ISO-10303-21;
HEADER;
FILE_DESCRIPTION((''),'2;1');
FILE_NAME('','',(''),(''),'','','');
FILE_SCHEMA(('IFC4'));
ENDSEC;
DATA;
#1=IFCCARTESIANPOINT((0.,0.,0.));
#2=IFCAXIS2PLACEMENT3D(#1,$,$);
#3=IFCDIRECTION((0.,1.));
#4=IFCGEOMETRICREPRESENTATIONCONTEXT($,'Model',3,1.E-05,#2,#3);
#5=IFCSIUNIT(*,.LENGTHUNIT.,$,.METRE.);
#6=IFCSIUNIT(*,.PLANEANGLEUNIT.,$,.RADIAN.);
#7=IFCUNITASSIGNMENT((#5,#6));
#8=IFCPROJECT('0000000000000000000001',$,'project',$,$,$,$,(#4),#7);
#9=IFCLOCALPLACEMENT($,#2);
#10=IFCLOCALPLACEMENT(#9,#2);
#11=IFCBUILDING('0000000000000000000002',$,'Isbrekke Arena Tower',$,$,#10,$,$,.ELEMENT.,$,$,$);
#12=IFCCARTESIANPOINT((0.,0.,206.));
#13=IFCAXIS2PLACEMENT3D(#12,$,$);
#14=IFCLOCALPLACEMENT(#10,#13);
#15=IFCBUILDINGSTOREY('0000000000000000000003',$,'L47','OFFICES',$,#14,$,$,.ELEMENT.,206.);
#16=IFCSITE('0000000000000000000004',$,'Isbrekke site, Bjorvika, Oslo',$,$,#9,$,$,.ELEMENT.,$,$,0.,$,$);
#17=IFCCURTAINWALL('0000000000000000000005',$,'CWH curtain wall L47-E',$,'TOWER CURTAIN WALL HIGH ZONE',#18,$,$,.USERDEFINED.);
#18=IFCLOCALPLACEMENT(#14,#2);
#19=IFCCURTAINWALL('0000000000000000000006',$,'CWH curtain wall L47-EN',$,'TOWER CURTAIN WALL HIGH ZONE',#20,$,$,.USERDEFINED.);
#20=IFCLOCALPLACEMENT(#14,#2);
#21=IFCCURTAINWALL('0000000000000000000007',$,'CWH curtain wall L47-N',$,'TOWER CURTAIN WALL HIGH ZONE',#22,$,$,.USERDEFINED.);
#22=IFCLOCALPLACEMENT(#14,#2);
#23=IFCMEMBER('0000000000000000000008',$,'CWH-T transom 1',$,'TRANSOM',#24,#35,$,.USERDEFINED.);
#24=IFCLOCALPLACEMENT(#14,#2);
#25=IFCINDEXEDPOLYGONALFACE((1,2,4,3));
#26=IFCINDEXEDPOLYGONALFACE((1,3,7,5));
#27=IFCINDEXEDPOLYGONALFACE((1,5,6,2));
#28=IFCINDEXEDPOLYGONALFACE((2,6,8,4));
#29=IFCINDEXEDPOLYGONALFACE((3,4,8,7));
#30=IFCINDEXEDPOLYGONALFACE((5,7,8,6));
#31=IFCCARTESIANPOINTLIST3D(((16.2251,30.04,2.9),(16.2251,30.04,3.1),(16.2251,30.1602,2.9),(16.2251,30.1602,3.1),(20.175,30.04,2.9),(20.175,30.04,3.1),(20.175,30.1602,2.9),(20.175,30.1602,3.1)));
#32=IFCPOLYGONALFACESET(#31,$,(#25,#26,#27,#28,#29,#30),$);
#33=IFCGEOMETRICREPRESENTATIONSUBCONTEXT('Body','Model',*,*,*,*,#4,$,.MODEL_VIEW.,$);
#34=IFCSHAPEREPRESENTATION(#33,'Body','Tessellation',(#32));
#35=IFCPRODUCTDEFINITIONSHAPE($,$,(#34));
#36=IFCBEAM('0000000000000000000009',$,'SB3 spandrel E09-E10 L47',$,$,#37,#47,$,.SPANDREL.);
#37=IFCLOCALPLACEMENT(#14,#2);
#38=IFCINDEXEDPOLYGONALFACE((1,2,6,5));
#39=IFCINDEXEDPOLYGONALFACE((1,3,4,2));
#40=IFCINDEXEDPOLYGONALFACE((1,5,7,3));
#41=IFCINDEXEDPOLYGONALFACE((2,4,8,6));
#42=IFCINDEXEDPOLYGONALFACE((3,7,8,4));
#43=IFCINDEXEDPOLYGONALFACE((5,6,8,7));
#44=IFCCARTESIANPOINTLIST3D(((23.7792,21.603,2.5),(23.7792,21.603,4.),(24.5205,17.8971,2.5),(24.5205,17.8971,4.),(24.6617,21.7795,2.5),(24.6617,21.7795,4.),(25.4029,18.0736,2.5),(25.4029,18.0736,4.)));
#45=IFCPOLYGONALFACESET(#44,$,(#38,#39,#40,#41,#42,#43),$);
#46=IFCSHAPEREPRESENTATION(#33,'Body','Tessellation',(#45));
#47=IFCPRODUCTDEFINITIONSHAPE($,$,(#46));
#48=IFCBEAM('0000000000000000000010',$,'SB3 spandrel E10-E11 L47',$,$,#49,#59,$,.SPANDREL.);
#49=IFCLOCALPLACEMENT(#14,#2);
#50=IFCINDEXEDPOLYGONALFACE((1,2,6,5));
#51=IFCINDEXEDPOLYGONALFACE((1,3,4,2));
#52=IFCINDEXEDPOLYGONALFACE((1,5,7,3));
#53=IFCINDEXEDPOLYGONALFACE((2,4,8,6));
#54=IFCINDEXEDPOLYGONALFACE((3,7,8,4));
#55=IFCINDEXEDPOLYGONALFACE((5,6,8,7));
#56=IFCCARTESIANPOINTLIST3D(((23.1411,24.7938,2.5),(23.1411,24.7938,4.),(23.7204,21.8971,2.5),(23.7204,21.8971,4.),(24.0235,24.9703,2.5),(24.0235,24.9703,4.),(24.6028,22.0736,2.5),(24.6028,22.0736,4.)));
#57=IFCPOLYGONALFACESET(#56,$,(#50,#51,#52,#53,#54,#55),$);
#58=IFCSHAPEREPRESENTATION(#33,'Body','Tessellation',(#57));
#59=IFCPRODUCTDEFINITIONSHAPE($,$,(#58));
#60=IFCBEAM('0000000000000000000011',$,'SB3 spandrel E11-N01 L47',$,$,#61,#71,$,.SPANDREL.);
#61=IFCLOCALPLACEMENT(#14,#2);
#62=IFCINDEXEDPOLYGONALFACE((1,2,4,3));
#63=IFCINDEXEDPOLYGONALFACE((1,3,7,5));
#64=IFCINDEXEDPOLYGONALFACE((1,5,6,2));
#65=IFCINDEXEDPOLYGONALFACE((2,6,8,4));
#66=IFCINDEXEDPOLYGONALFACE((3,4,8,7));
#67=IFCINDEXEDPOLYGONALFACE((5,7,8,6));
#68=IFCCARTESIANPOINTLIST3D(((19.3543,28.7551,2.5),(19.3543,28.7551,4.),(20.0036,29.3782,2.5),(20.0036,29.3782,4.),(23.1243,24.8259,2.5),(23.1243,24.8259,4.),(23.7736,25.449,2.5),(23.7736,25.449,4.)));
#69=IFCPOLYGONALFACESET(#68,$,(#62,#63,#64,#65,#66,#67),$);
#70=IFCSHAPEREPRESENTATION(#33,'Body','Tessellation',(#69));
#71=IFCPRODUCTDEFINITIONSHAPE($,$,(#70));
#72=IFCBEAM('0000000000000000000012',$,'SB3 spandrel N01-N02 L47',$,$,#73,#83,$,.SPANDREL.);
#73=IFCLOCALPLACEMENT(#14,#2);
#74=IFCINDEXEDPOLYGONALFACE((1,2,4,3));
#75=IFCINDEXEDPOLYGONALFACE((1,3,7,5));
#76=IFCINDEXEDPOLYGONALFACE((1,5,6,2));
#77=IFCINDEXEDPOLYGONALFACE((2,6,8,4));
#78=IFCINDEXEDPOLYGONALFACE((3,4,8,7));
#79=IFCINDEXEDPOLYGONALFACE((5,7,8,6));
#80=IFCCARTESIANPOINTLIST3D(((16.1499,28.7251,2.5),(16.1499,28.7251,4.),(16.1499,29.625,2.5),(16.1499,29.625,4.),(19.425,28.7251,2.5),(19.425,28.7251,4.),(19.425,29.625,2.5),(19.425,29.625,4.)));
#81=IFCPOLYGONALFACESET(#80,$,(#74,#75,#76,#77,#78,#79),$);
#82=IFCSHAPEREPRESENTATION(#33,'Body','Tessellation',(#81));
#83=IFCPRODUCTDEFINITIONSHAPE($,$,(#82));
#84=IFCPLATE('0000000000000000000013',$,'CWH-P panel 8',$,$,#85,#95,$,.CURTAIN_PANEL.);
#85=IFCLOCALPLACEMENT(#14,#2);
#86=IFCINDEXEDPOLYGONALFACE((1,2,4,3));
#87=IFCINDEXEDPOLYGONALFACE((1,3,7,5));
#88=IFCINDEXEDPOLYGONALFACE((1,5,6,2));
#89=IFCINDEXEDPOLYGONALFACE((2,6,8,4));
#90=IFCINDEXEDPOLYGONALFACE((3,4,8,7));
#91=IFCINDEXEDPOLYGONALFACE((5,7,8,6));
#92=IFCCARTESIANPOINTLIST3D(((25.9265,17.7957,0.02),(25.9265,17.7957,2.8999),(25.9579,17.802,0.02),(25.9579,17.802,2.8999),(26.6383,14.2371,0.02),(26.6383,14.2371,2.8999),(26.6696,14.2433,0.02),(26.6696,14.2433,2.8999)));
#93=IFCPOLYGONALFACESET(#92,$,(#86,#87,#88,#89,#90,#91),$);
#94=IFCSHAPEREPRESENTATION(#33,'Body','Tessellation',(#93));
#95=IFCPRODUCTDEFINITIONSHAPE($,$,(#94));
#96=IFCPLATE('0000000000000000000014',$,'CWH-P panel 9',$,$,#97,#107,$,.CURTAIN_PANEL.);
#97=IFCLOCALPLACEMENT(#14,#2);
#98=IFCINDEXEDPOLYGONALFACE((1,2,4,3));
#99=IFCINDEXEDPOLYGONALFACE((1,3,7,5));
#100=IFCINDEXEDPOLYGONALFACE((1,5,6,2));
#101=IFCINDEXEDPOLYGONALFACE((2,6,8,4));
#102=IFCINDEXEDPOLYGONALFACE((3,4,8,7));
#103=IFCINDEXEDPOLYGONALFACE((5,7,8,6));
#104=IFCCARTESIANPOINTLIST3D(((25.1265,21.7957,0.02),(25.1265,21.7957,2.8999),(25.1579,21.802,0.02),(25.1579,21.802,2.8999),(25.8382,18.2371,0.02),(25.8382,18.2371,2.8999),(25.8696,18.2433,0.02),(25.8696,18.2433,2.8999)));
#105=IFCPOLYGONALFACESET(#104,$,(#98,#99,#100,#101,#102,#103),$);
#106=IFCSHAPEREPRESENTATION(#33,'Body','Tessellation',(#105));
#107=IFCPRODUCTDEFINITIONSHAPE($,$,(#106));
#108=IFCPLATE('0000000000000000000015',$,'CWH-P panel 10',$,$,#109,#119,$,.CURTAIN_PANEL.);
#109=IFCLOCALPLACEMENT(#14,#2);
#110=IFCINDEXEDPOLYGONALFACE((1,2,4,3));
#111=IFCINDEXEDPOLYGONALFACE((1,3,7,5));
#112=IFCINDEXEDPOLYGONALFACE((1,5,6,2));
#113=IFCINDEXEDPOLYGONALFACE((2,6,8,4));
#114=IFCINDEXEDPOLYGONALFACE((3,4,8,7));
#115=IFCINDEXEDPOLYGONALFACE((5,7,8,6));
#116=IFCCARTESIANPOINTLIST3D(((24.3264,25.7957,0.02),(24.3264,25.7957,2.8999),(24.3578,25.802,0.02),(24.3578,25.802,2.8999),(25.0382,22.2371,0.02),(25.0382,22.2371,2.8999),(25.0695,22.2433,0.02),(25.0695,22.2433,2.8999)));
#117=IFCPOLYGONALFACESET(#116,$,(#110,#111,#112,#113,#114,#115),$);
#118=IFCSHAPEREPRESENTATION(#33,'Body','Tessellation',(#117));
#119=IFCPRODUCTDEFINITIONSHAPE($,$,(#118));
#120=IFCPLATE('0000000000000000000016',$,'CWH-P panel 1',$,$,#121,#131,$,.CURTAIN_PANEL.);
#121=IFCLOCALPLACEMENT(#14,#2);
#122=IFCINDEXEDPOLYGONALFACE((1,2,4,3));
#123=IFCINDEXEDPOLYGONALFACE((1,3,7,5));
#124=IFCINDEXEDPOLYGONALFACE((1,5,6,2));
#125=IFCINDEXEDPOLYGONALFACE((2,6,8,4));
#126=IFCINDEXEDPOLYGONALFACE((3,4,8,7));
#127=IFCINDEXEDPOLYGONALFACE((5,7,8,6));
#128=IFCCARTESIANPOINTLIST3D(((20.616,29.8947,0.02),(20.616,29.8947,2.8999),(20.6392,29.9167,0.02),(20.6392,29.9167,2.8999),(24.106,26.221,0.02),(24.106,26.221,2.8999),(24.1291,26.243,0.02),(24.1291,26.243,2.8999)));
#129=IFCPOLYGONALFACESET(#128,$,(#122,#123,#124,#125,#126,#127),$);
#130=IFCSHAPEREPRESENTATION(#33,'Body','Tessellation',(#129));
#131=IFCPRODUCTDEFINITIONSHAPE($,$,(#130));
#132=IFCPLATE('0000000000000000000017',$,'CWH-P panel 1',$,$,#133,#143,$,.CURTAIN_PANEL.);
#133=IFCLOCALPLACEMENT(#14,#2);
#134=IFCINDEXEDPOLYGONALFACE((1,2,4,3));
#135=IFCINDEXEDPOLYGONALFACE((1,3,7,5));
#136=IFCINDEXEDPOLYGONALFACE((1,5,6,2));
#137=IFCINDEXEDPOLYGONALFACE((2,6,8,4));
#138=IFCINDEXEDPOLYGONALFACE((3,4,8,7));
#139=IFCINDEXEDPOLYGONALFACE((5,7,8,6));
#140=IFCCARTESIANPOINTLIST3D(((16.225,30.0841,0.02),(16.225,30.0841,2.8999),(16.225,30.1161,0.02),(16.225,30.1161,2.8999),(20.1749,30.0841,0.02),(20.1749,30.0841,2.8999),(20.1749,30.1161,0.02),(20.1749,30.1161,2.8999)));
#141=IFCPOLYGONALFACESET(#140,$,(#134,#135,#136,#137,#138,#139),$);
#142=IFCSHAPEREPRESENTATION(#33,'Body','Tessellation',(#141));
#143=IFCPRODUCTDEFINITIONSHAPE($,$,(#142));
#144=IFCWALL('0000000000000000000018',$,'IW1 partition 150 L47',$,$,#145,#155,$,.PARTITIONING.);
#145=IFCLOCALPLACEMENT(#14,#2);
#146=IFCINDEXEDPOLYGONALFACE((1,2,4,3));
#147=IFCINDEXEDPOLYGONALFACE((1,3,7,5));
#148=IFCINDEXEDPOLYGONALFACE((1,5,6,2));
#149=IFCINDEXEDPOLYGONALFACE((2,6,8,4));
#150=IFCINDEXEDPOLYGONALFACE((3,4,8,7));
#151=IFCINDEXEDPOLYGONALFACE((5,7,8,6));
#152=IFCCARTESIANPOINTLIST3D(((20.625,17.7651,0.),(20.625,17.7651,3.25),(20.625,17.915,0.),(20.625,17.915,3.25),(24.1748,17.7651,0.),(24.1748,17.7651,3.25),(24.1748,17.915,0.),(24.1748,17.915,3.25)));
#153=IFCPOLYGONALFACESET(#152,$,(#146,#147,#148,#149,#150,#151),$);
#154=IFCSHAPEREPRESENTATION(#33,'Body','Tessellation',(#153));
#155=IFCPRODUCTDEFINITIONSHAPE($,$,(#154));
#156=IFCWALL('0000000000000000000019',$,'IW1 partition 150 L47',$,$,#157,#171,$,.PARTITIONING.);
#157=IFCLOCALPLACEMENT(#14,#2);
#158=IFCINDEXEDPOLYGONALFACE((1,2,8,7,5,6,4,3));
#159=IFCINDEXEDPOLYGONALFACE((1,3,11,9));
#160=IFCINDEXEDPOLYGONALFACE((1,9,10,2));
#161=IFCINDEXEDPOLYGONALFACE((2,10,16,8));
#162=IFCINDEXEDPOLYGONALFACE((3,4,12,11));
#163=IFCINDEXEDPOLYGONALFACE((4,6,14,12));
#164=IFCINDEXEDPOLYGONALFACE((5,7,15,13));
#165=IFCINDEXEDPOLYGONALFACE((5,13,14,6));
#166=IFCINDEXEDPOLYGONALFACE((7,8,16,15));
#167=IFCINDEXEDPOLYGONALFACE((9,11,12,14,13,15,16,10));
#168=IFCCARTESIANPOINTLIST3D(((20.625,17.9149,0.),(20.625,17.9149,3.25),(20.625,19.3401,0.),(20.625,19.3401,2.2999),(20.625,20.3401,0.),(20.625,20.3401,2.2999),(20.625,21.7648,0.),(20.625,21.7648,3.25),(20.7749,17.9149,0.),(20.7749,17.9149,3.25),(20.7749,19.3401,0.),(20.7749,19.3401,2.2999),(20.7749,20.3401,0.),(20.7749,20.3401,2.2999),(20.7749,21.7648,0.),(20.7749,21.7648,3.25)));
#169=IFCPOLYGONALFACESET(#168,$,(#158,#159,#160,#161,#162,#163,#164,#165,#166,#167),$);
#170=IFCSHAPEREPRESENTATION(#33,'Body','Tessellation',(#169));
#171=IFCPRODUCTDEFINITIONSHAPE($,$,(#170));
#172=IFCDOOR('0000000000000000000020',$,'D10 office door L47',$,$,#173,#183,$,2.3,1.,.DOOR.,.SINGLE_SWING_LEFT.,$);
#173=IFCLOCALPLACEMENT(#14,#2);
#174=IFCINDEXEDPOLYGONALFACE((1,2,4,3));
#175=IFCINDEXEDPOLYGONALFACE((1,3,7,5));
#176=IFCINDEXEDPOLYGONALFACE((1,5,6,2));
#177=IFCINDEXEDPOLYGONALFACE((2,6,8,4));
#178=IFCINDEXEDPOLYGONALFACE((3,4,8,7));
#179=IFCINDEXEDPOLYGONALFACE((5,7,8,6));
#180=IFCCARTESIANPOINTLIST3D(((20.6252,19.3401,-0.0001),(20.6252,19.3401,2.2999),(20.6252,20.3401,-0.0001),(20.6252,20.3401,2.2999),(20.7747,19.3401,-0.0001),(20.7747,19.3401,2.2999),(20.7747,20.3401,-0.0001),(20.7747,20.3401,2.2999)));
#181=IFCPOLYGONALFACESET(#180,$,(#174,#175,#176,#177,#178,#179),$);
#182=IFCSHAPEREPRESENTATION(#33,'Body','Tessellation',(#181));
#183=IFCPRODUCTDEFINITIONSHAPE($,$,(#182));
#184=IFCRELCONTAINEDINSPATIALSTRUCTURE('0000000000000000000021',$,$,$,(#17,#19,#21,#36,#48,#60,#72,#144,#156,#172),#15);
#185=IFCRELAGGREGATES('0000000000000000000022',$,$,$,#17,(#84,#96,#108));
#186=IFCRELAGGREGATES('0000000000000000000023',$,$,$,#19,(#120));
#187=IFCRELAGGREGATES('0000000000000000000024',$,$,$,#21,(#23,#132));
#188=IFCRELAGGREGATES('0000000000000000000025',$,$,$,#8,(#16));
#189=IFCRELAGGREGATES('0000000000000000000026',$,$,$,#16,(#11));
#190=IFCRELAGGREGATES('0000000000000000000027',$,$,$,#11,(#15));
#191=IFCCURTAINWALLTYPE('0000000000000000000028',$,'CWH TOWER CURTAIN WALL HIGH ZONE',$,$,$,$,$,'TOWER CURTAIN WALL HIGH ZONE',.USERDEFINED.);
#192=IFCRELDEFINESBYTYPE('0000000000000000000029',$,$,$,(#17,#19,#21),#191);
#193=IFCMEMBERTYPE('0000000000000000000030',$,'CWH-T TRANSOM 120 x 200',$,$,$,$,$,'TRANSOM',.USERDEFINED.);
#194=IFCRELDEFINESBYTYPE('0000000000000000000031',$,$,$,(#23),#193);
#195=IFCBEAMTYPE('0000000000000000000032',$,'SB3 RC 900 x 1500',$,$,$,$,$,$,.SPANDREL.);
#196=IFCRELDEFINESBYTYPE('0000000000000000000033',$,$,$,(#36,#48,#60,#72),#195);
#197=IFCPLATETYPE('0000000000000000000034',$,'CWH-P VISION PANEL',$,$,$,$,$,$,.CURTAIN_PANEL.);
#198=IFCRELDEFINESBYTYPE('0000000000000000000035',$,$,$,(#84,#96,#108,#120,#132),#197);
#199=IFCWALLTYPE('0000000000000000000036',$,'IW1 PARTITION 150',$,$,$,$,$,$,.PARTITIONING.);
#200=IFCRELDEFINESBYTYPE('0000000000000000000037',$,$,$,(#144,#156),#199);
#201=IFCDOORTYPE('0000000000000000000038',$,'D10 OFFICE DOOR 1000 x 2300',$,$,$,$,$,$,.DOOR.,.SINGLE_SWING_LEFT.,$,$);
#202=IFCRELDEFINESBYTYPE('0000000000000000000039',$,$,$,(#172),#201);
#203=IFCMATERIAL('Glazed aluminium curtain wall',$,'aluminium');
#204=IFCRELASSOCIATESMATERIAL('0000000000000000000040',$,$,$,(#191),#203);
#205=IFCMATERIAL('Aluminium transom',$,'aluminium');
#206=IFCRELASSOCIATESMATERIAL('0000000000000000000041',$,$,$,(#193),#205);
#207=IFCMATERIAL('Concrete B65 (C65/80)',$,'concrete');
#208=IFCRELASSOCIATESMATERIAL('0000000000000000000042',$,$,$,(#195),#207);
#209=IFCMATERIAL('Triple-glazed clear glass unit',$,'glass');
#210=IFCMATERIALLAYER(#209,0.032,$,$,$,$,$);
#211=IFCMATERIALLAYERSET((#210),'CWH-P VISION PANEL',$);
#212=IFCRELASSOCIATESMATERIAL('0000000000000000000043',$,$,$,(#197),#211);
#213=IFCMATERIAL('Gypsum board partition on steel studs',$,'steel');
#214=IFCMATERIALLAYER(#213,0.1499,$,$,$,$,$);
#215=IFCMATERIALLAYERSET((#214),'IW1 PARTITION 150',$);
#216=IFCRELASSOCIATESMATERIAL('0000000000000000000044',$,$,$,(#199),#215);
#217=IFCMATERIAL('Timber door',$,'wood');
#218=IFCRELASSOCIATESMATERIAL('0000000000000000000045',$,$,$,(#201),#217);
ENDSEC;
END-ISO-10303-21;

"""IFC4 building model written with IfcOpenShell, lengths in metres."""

from ifc_helpers import new_model, si_unit, direction, frame, frame_2d, origin, origin_2d, place, context, subcontext, project, spatial, rectangle, extrude, material, layer, layer_set, material_profile, profile_set, type_object, element, fill, aggregate, save


model = new_model("IFC4")

# Units and contexts
model_context = context("Model", 3, precision=1e-05, world=origin(), true_north=direction((0.0, 1.0)))
body_context = subcontext(model_context, "Body", "Model", "MODEL_VIEW")
ifc_project = project(units=[si_unit("LENGTHUNIT", "METRE"), si_unit("PLANEANGLEUNIT", "RADIAN")], contexts=[model_context])

# Site, building, storey
site_placement = place(None, origin())
site = spatial("IfcSite", under=ifc_project, at=site_placement, Name="Isbrekke site, Bjorvika, Oslo", CompositionType="ELEMENT", RefElevation=0.0)
building_placement = place(site_placement, origin())
building = spatial("IfcBuilding", under=site, at=building_placement, Name="Isbrekke Arena Tower", CompositionType="ELEMENT")
storey_placement = place(building_placement, frame((0.0, 0.0, 206.0)))
storey = spatial("IfcBuildingStorey", under=building, at=storey_placement, Name="L47", Description="OFFICES", CompositionType="ELEMENT", Elevation=206.0)

# Curtain wall
ifc_material_1 = material(Name="Glazed aluminium curtain wall", Category="aluminium")
curtain_wall_type = type_object("IfcCurtainWallType", Name="CWH TOWER CURTAIN WALL HIGH ZONE", ElementType="TOWER CURTAIN WALL HIGH ZONE", PredefinedType="USERDEFINED", material=ifc_material_1)
curtain_wall_1_placement = place(storey_placement, origin())
curtain_wall_1 = element("IfcCurtainWall", 1, at=curtain_wall_1_placement, inside=storey, type_object=curtain_wall_type, Name="CWH curtain wall L47-E", ObjectType="TOWER CURTAIN WALL HIGH ZONE", PredefinedType="USERDEFINED")

# Curtain wall
curtain_wall_2_placement = place(storey_placement, origin())
curtain_wall_2 = element("IfcCurtainWall", 2, at=curtain_wall_2_placement, inside=storey, type_object=curtain_wall_type, Name="CWH curtain wall L47-EN", ObjectType="TOWER CURTAIN WALL HIGH ZONE", PredefinedType="USERDEFINED")

# Shared definitions
ifc_material_2 = material(Name="Aluminium transom", Category="aluminium")
ifc_material_profile_1 = material_profile(ifc_material_2, rectangle(XDim=0.1201, YDim=0.2, at=origin_2d()), Name="TRANSOM 120X200")
ifc_profile_set_1 = profile_set([ifc_material_profile_1], Name="Aluminium transom")
member_type_1 = type_object("IfcMemberType", Name="CWH-T TRANSOM 120 x 200", ElementType="TRANSOM", PredefinedType="USERDEFINED", material=ifc_profile_set_1)

# Curtain wall, member
curtain_wall_3_placement = place(storey_placement, origin())
curtain_wall_3 = element("IfcCurtainWall", 3, at=curtain_wall_3_placement, inside=storey, type_object=curtain_wall_type, Name="CWH curtain wall L47-N", ObjectType="TOWER CURTAIN WALL HIGH ZONE", PredefinedType="USERDEFINED")
member_1_placement = place(storey_placement, frame((20.175, 30.1001, 3.0), z_axis=(-1.0, 0.0, 0.0), x_axis=(0.0, -1.0, 0.0)))
member_1 = element("IfcMember", 4, at=member_1_placement, type_object=member_type_1, Name="CWH-T transom 1", ObjectType="TRANSOM", PredefinedType="USERDEFINED", context=body_context, shape_type="SweptSolid", body=[
    extrude(rectangle(XDim=0.1201, YDim=0.2, at=origin_2d()), origin(), (0.0, 0.0, 1.0), 3.95),
])

# Beams
ifc_material_3 = material(Name="Concrete B65 (C65/80)", Category="concrete")
ifc_material_profile_2 = material_profile(ifc_material_3, rectangle(XDim=0.8999, YDim=1.5, at=origin_2d()), Name="RC 900x1500")
ifc_profile_set_2 = profile_set([ifc_material_profile_2], Name="Concrete B65 (C65/80)")
beam_type_1 = type_object("IfcBeamType", Name="SB3 RC 900 x 1500", PredefinedType="SPANDREL", material=ifc_profile_set_2)
beam_1_placement = place(storey_placement, frame((24.9617, 17.9854, 3.25), z_axis=(-0.196129, 0.980578, 0.0), x_axis=(-0.980578, -0.196129, 0.0)))
element("IfcBeam", 5, at=beam_1_placement, inside=storey, type_object=beam_type_1, Name="SB3 spandrel E09-E10 L47", PredefinedType="SPANDREL", context=body_context, shape_type="SweptSolid", body=[
    extrude(rectangle(XDim=0.8999, YDim=1.5, at=origin_2d()), origin(), (0.0, 0.0, 1.0), 3.7793),
])
beam_2_placement = place(storey_placement, frame((24.1616, 21.9854, 3.25), z_axis=(-0.196116, 0.980581, 0.0), x_axis=(-0.980581, -0.196116, 0.0)))
element("IfcBeam", 6, at=beam_2_placement, inside=storey, type_object=beam_type_1, Name="SB3 spandrel E10-E11 L47", PredefinedType="SPANDREL", context=body_context, shape_type="SweptSolid", body=[
    extrude(rectangle(XDim=0.8999, YDim=1.5, at=origin_2d()), origin(), (0.0, 0.0, 1.0), 2.9541),
])
beam_3_placement = place(storey_placement, frame((23.449, 25.1375, 3.25), z_axis=(-0.69234, 0.721572, 0.0), x_axis=(-0.721572, -0.69234, 0.0)))
element("IfcBeam", 7, at=beam_3_placement, inside=storey, type_object=beam_type_1, Name="SB3 spandrel E11-N01 L47", PredefinedType="SPANDREL", context=body_context, shape_type="SweptSolid", body=[
    extrude(rectangle(XDim=0.8999, YDim=1.5, at=origin_2d()), origin(), (0.0, 0.0, 1.0), 5.4453),
])
beam_4_placement = place(storey_placement, frame((19.425, 29.175, 3.25), z_axis=(-1.0, 0.0, 0.0), x_axis=(0.0, -1.0, 0.0)))
element("IfcBeam", 8, at=beam_4_placement, inside=storey, type_object=beam_type_1, Name="SB3 spandrel N01-N02 L47", PredefinedType="SPANDREL", context=body_context, shape_type="SweptSolid", body=[
    extrude(rectangle(XDim=0.8999, YDim=1.5, at=origin_2d()), origin(), (0.0, 0.0, 1.0), 3.2751),
])

# Plates
ifc_material_4 = material(Name="Triple-glazed clear glass unit", Category="glass")
ifc_layer_1 = layer(ifc_material_4, 0.032)
ifc_layer_set_1 = layer_set([ifc_layer_1], Name="CWH-P VISION PANEL")
plate_type = type_object("IfcPlateType", Name="CWH-P VISION PANEL", PredefinedType="CURTAIN_PANEL", material=ifc_layer_set_1)
plate_1_placement = place(storey_placement, frame((26.2981, 16.0195, 0.02), z_axis=(0.0, 0.0, 1.0), x_axis=(-0.196116, 0.980581, 0.0)))
plate_1 = element("IfcPlate", 9, at=plate_1_placement, type_object=plate_type, Name="CWH-P panel 8", PredefinedType="CURTAIN_PANEL", context=body_context, shape_type="SweptSolid", body=[
    extrude(rectangle(XDim=3.6292, YDim=0.032, at=origin_2d()), origin(), (0.0, 0.0, 1.0), 2.8799),
])
plate_2_placement = place(storey_placement, frame((25.498, 20.0195, 0.02), z_axis=(0.0, 0.0, 1.0), x_axis=(-0.196116, 0.980581, 0.0)))
plate_2 = element("IfcPlate", 10, at=plate_2_placement, type_object=plate_type, Name="CWH-P panel 9", PredefinedType="CURTAIN_PANEL", context=body_context, shape_type="SweptSolid", body=[
    extrude(rectangle(XDim=3.6292, YDim=0.032, at=origin_2d()), origin(), (0.0, 0.0, 1.0), 2.8799),
])
plate_3_placement = place(storey_placement, frame((24.698, 24.0195, 0.02), z_axis=(0.0, 0.0, 1.0), x_axis=(-0.196116, 0.980581, 0.0)))
plate_3 = element("IfcPlate", 11, at=plate_3_placement, type_object=plate_type, Name="CWH-P panel 10", PredefinedType="CURTAIN_PANEL", context=body_context, shape_type="SweptSolid", body=[
    extrude(rectangle(XDim=3.6292, YDim=0.032, at=origin_2d()), origin(), (0.0, 0.0, 1.0), 2.8799),
])
aggregate(curtain_wall_1, [plate_1, plate_2, plate_3])
plate_4_placement = place(storey_placement, frame((22.3726, 28.0688, 0.02), z_axis=(0.0, 0.0, 1.0), x_axis=(-0.688749, 0.724999, 0.0)))
plate_4 = element("IfcPlate", 12, at=plate_4_placement, type_object=plate_type, Name="CWH-P panel 1", PredefinedType="CURTAIN_PANEL", context=body_context, shape_type="SweptSolid", body=[
    extrude(rectangle(XDim=5.0671, YDim=0.032, at=origin_2d()), origin(), (0.0, 0.0, 1.0), 2.8799),
])
aggregate(curtain_wall_2, [plate_4])
plate_5_placement = place(storey_placement, frame((18.2, 30.1001, 0.02), z_axis=(0.0, 0.0, 1.0), x_axis=(-1.0, 0.0, 0.0)))
plate_5 = element("IfcPlate", 13, at=plate_5_placement, type_object=plate_type, Name="CWH-P panel 1", PredefinedType="CURTAIN_PANEL", context=body_context, shape_type="SweptSolid", body=[
    extrude(rectangle(XDim=3.95, YDim=0.032, at=origin_2d()), origin(), (0.0, 0.0, 1.0), 2.8799),
])
aggregate(curtain_wall_3, [member_1, plate_5])

# Wall
ifc_material_5 = material(Name="Gypsum board partition on steel studs", Category="steel")
ifc_layer_2 = layer(ifc_material_5, 0.1499)
ifc_layer_set_2 = layer_set([ifc_layer_2], Name="IW1 PARTITION 150")
wall_type = type_object("IfcWallType", Name="IW1 PARTITION 150", PredefinedType="PARTITIONING", material=ifc_layer_set_2)
wall_1_placement = place(storey_placement, frame((20.625, 17.8401, 0.0), z_axis=(0.0, 0.0, 1.0), x_axis=(1.0, 0.0, 0.0)))
element("IfcWall", 14, at=wall_1_placement, inside=storey, type_object=wall_type, Name="IW1 partition 150 L47", PredefinedType="PARTITIONING", context=body_context, shape_type="SweptSolid", body=[
    extrude(rectangle(XDim=3.5498, YDim=0.1499, at=frame_2d((1.7749, 0.0))), origin(), (0.0, 0.0, 1.0), 3.25),
])

# Wall, opening, door
wall_2_placement = place(storey_placement, frame((20.7, 17.915, 0.0), z_axis=(0.0, 0.0, 1.0), x_axis=(0.0, 1.0, 0.0)))
wall_2 = element("IfcWall", 15, at=wall_2_placement, inside=storey, type_object=wall_type, Name="IW1 partition 150 L47", PredefinedType="PARTITIONING", context=body_context, shape_type="SweptSolid", body=[
    extrude(rectangle(XDim=3.8499, YDim=0.1499, at=frame_2d((1.9248, 0.0))), origin(), (0.0, 0.0, 1.0), 3.25),
])
opening_placement = place(wall_2_placement, frame((1.425, 0.0, 0.0)))
opening = element("IfcOpeningElement", 16, at=opening_placement, cuts=wall_2, PredefinedType="OPENING", context=body_context, shape_type="SweptSolid", body=[
    extrude(rectangle(XDim=1.0, YDim=2.3, at=frame_2d((0.5, 1.1499))), frame((0.0, 0.0898, 0.0), z_axis=(0.0, -1.0, 0.0), x_axis=(1.0, 0.0, 0.0)), (0.0, 0.0, 1.0), 0.1797),
])
ifc_material_6 = material(Name="Timber door", Category="wood")
door_type = type_object("IfcDoorType", Name="D10 OFFICE DOOR 1000 x 2300", OperationType="SINGLE_SWING_LEFT", PredefinedType="DOOR", material=ifc_material_6)
door_placement = place(opening_placement, origin())
door = element("IfcDoor", 17, at=door_placement, inside=storey, type_object=door_type, Name="D10 office door L47", OperationType="SINGLE_SWING_LEFT", OverallHeight=2.3, OverallWidth=1.0, PredefinedType="DOOR", context=body_context, shape_type="SweptSolid", body=[
    extrude(rectangle(XDim=1.0, YDim=2.3, at=frame_2d((0.5, 1.1499))), frame((0.0, 0.0747, 0.0), z_axis=(0.0, -1.0, 0.0), x_axis=(1.0, 0.0, 0.0)), (0.0, 0.0, 1.0), 0.1494),
])
fill(opening, door)

save(model, "model.ifc")
